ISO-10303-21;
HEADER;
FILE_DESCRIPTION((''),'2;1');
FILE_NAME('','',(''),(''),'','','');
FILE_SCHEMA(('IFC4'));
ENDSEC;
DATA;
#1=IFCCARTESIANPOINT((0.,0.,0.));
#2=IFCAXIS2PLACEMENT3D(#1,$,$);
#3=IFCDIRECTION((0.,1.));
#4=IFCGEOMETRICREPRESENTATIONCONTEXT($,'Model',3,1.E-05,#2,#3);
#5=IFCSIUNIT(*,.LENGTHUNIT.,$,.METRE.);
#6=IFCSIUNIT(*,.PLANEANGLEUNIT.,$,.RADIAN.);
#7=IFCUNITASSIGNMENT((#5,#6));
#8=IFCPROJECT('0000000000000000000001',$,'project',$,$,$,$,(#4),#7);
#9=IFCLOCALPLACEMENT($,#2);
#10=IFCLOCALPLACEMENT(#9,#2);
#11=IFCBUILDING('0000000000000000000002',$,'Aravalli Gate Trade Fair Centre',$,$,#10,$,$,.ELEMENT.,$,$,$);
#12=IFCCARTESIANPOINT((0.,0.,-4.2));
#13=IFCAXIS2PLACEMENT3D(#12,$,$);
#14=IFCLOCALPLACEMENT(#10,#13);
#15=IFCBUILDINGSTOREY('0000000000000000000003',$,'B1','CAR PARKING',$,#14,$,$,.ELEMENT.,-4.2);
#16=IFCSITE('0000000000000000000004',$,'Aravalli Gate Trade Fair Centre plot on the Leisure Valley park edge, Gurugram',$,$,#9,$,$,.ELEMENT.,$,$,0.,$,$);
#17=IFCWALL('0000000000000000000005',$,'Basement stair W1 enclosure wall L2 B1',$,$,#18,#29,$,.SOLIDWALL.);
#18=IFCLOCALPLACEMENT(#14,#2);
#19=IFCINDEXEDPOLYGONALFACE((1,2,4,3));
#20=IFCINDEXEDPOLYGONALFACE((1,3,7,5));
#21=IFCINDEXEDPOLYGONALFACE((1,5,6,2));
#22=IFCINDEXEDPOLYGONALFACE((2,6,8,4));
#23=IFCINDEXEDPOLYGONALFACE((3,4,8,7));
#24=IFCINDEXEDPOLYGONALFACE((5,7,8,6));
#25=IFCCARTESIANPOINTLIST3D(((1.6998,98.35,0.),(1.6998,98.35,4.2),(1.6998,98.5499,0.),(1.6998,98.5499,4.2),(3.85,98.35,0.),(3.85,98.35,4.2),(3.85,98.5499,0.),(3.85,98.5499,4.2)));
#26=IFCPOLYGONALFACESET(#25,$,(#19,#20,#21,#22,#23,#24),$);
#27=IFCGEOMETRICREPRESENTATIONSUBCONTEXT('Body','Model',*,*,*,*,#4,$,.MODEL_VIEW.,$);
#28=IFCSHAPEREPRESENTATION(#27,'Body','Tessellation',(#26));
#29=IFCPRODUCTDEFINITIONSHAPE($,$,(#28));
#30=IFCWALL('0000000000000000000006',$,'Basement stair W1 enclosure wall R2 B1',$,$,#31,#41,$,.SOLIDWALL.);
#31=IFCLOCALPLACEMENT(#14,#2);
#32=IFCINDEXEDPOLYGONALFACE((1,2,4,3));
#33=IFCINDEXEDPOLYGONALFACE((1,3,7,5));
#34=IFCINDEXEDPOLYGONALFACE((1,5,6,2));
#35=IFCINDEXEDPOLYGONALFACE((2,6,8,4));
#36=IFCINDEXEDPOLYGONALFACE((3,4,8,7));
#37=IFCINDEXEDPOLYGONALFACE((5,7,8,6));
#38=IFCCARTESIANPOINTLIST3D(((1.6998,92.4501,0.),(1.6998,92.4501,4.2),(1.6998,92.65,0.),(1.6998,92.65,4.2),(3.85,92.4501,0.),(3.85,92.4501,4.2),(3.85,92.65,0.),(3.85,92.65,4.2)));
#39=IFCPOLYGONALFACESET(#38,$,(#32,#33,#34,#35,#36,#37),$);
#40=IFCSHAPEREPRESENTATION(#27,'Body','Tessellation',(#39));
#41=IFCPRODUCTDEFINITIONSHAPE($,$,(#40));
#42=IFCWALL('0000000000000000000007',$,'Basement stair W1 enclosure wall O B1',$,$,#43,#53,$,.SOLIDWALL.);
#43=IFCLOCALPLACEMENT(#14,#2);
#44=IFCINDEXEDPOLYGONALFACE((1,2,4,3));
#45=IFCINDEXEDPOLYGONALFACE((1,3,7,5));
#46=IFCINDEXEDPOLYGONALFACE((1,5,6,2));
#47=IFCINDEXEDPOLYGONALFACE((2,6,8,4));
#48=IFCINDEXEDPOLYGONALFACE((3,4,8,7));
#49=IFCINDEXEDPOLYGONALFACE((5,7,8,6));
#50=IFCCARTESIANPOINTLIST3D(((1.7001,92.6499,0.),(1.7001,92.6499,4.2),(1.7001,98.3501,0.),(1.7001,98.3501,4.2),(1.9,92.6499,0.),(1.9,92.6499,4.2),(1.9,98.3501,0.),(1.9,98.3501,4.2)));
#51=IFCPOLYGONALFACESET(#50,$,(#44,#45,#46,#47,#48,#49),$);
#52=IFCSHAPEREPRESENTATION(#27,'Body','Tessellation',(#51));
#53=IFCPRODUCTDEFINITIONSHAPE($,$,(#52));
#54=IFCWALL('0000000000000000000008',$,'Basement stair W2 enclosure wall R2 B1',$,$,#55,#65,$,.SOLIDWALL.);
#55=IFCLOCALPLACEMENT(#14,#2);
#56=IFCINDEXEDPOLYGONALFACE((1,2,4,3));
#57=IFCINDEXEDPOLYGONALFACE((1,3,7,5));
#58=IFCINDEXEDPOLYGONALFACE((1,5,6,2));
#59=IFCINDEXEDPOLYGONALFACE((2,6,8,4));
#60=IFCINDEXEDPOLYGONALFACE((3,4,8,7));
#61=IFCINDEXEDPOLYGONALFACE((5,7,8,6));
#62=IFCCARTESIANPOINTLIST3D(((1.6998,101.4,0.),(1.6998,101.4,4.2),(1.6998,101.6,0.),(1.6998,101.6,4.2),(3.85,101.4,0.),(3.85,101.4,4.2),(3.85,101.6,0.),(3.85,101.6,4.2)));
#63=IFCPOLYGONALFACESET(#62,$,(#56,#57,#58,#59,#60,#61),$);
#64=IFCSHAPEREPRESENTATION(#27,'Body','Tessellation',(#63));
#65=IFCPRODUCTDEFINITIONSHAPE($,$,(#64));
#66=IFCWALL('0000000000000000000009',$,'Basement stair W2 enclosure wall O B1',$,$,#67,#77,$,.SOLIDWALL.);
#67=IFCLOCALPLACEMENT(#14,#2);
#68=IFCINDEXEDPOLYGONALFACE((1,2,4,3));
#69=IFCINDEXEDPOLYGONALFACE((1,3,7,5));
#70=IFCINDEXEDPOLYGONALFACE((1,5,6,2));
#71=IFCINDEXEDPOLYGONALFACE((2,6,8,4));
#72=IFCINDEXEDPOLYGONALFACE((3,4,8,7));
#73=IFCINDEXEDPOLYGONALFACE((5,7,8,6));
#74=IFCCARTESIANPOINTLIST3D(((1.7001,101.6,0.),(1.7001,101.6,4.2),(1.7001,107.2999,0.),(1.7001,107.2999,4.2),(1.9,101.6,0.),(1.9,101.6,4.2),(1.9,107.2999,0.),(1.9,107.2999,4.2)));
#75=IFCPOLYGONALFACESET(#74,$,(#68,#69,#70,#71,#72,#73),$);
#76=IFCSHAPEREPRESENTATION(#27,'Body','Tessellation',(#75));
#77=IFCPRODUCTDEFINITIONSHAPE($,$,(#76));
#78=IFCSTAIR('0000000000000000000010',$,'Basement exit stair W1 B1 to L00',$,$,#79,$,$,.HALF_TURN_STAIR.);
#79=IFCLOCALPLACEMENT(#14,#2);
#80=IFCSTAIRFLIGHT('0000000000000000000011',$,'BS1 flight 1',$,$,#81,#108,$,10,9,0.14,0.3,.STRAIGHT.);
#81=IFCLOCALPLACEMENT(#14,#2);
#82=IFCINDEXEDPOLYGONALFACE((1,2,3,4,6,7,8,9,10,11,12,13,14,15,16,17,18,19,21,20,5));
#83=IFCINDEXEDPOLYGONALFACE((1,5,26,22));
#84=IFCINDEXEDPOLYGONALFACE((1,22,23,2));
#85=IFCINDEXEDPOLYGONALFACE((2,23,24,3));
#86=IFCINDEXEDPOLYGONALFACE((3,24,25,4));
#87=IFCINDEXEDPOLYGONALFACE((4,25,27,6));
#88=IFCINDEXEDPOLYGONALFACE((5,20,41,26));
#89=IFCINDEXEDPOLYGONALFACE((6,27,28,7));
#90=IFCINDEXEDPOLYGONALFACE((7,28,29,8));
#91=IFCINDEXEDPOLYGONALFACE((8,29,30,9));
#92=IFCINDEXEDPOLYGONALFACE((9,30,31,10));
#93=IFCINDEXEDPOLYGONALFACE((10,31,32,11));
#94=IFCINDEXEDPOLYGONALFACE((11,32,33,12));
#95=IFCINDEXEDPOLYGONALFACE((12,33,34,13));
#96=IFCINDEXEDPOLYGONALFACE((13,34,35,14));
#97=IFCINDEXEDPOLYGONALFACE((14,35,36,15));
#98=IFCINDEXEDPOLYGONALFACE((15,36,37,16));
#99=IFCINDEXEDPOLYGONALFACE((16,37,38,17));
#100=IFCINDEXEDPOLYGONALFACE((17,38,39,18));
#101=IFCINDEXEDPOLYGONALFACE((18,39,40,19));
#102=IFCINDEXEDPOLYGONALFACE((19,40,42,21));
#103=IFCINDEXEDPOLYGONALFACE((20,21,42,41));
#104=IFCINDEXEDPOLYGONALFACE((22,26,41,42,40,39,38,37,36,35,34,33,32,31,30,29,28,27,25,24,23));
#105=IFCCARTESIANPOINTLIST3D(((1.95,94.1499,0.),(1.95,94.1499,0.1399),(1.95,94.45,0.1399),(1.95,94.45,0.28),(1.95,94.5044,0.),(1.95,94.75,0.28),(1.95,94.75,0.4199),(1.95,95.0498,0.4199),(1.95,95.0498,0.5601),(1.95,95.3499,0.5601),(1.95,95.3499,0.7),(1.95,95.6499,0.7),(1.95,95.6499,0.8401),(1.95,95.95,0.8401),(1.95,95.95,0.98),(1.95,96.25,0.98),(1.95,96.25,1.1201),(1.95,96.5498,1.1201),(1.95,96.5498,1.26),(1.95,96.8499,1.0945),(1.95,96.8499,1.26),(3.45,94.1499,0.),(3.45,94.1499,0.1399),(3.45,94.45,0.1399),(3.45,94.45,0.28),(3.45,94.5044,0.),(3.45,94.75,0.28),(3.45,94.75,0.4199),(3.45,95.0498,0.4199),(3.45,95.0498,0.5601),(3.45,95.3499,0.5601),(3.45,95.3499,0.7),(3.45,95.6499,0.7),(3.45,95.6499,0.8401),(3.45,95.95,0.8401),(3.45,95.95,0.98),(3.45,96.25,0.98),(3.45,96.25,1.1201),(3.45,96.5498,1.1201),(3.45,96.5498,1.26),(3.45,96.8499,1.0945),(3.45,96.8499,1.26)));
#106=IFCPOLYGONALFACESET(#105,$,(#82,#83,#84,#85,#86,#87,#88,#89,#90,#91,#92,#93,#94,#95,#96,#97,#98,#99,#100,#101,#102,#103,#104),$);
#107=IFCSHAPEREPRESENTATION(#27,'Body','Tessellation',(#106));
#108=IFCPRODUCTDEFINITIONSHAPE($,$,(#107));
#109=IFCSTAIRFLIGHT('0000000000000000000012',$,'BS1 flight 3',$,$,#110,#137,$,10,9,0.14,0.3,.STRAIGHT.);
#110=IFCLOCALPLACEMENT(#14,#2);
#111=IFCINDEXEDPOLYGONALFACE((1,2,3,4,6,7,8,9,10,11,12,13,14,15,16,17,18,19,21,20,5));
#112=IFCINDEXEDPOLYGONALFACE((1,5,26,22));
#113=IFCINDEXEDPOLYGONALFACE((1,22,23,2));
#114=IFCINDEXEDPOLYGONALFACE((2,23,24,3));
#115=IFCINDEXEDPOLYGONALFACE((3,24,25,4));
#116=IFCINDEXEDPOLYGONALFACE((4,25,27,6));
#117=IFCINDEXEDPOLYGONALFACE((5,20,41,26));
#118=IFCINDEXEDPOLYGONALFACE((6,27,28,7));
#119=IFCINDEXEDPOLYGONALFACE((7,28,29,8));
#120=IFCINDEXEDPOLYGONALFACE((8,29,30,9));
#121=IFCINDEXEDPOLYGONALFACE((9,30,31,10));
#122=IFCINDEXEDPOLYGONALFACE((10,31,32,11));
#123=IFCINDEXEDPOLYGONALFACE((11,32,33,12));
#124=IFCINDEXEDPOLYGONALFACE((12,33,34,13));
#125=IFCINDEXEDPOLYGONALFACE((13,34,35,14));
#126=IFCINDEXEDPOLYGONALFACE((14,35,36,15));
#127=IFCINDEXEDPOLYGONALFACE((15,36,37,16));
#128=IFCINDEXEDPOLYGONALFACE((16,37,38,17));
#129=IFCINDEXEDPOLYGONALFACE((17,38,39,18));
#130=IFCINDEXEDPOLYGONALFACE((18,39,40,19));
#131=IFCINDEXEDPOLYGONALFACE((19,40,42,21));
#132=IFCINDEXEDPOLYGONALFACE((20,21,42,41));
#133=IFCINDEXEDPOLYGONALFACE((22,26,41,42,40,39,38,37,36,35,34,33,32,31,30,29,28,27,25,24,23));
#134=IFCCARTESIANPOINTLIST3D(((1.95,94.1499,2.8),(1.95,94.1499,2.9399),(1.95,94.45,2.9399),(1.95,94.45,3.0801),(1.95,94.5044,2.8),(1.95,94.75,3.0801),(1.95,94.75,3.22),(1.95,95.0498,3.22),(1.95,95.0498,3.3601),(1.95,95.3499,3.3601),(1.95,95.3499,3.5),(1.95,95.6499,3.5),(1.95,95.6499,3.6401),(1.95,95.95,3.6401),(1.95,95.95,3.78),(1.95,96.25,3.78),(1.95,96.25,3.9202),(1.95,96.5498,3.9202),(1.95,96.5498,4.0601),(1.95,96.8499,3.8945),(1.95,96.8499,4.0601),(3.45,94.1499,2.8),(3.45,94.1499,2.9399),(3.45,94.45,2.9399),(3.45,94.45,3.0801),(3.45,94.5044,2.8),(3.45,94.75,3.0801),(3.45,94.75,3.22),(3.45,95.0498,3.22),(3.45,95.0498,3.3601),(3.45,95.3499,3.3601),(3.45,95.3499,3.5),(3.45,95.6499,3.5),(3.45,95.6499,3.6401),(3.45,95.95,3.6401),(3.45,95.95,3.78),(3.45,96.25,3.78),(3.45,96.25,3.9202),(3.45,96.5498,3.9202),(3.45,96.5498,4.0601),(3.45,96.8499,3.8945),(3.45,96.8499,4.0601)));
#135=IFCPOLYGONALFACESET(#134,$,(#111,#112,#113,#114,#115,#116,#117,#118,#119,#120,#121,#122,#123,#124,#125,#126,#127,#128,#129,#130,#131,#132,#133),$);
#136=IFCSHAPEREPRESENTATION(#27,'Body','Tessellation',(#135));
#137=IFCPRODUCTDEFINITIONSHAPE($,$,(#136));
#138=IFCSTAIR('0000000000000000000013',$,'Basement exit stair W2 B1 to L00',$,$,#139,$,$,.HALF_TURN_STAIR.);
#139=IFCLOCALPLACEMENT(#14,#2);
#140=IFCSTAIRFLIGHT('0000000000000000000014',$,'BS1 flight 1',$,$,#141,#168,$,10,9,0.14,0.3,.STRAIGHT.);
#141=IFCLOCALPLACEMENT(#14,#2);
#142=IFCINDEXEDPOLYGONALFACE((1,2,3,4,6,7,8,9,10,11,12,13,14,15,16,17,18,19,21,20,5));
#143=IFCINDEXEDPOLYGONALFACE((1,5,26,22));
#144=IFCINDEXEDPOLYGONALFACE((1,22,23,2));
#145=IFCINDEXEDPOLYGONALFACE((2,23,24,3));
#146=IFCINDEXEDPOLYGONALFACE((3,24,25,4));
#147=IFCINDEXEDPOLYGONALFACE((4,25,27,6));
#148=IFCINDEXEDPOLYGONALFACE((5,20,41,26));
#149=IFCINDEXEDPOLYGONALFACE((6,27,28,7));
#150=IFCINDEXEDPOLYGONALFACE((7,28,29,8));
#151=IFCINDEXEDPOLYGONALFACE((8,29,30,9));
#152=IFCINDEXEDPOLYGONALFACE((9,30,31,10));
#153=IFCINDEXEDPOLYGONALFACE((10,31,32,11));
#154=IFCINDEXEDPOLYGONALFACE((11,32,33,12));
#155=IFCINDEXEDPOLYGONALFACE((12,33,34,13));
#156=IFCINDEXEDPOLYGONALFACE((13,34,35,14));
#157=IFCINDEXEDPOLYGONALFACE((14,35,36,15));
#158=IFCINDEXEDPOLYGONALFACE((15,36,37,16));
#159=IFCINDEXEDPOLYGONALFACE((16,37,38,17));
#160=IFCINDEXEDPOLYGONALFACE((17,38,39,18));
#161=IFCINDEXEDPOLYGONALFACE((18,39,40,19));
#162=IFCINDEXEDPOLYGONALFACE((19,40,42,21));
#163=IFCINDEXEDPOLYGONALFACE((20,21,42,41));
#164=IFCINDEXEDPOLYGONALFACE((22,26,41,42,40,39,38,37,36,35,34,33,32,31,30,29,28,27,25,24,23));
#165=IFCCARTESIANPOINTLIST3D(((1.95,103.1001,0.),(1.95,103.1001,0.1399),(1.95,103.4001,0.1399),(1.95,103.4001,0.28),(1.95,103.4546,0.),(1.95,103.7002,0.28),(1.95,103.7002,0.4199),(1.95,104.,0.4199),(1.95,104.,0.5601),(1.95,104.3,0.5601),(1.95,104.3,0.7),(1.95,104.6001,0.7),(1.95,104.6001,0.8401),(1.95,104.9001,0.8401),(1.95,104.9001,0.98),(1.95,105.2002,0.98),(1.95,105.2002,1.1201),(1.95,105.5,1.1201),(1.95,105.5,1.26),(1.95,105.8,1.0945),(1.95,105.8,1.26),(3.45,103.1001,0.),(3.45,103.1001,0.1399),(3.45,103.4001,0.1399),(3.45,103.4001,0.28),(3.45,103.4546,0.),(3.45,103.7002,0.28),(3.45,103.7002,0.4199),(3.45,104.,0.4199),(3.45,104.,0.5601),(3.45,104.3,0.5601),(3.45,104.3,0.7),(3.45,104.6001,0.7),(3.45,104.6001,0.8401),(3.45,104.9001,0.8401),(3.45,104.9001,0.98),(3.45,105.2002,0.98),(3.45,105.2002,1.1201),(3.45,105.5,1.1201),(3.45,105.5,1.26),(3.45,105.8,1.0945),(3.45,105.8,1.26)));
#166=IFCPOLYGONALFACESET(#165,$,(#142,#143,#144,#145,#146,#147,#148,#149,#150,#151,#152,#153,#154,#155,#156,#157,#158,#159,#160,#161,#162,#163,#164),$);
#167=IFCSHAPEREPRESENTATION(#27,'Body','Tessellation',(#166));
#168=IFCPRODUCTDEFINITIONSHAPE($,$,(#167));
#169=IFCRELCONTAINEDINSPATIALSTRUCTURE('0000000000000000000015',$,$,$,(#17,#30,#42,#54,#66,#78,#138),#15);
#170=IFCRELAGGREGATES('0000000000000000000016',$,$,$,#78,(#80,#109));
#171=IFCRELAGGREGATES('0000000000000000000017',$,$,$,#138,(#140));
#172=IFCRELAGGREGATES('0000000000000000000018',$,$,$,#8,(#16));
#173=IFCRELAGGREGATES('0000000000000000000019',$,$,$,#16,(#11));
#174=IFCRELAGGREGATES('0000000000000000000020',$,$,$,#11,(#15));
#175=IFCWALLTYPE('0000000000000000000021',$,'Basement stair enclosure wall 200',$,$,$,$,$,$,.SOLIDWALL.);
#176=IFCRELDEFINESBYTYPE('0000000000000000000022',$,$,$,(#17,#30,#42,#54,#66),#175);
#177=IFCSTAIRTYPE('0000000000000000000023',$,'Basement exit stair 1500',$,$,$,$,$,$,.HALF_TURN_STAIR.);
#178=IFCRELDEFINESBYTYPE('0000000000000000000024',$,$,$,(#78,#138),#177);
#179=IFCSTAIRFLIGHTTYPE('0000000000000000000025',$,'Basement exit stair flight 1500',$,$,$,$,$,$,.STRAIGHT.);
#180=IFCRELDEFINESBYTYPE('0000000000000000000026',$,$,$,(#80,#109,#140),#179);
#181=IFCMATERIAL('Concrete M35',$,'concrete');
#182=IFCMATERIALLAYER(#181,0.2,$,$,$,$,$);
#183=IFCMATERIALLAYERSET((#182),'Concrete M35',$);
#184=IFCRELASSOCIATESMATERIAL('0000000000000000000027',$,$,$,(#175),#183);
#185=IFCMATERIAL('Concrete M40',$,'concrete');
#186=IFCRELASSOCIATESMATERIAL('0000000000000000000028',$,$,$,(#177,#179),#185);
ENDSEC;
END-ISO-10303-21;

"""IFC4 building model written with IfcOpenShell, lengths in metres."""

from ifc_helpers import new_model, si_unit, direction, frame, frame_2d, origin, place, context, subcontext, project, spatial, polyline, rectangle, outline, extrude, material, layer, layer_set, type_object, element, aggregate, save


model = new_model("IFC4")

# Units and contexts
model_context = context("Model", 3, precision=1e-05, world=origin(), true_north=direction((0.0, 1.0)))
body_context = subcontext(model_context, "Body", "Model", "MODEL_VIEW")
ifc_project = project(units=[si_unit("LENGTHUNIT", "METRE"), si_unit("PLANEANGLEUNIT", "RADIAN")], contexts=[model_context])

# Site, building, storey
site_placement = place(None, origin())
site = spatial("IfcSite", under=ifc_project, at=site_placement, Name="Aravalli Gate Trade Fair Centre plot on the Leisure Valley park edge, Gurugram", CompositionType="ELEMENT", RefElevation=0.0)
building_placement = place(site_placement, origin())
building = spatial("IfcBuilding", under=site, at=building_placement, Name="Aravalli Gate Trade Fair Centre", CompositionType="ELEMENT")
storey_placement = place(building_placement, frame((0.0, 0.0, -4.2)))
storey = spatial("IfcBuildingStorey", under=building, at=storey_placement, Name="B1", Description="CAR PARKING", CompositionType="ELEMENT", Elevation=-4.2)

# Walls
ifc_material_1 = material(Name="Concrete M35", Category="concrete")
ifc_layer = layer(ifc_material_1, 0.2)
ifc_layer_set = layer_set([ifc_layer], Name="Concrete M35")
wall_type = type_object("IfcWallType", Name="Basement stair enclosure wall 200", PredefinedType="SOLIDWALL", material=ifc_layer_set)
for number, where, z_axis, x_axis, name in (
    (1, (3.8501, 98.45, 0.0), (0.0, 0.0, 1.0), (-1.0, 0.0, 0.0), "Basement stair W1 enclosure wall L2 B1"),
    (2, (3.8501, 92.55, 0.0), (0.0, 0.0, 1.0), (-1.0, 0.0, 0.0), "Basement stair W1 enclosure wall R2 B1"),
):
    element("IfcWall", number, at=place(storey_placement, frame(where, z_axis=z_axis, x_axis=x_axis)), inside=storey, type_object=wall_type, Name=name, PredefinedType="SOLIDWALL", context=body_context, shape_type="SweptSolid", body=[
        extrude(rectangle(XDim=2.1501, YDim=0.2, at=frame_2d((1.0752, 0.0))), origin(), (0.0, 0.0, 1.0), 4.2),
    ])
wall_1_placement = place(storey_placement, frame((1.8, 98.3501, 0.0), z_axis=(0.0, 0.0, 1.0), x_axis=(0.0, -1.0, 0.0)))
element("IfcWall", 3, at=wall_1_placement, inside=storey, type_object=wall_type, Name="Basement stair W1 enclosure wall O B1", PredefinedType="SOLIDWALL", context=body_context, shape_type="SweptSolid", body=[
    extrude(rectangle(XDim=5.7002, YDim=0.2, at=frame_2d((2.8501, 0.0))), origin(), (0.0, 0.0, 1.0), 4.2),
])
wall_2_placement = place(storey_placement, frame((3.8501, 101.5, 0.0), z_axis=(0.0, 0.0, 1.0), x_axis=(-1.0, 0.0, 0.0)))
element("IfcWall", 4, at=wall_2_placement, inside=storey, type_object=wall_type, Name="Basement stair W2 enclosure wall R2 B1", PredefinedType="SOLIDWALL", context=body_context, shape_type="SweptSolid", body=[
    extrude(rectangle(XDim=2.1501, YDim=0.2, at=frame_2d((1.0752, 0.0))), origin(), (0.0, 0.0, 1.0), 4.2),
])
wall_3_placement = place(storey_placement, frame((1.8, 107.3, 0.0), z_axis=(0.0, 0.0, 1.0), x_axis=(0.0, -1.0, 0.0)))
element("IfcWall", 5, at=wall_3_placement, inside=storey, type_object=wall_type, Name="Basement stair W2 enclosure wall O B1", PredefinedType="SOLIDWALL", context=body_context, shape_type="SweptSolid", body=[
    extrude(rectangle(XDim=5.7, YDim=0.2, at=frame_2d((2.8501, 0.0))), origin(), (0.0, 0.0, 1.0), 4.2),
])

# Stairs, stair flights
ifc_material_2 = material(Name="Concrete M40", Category="concrete")
stair_type = type_object("IfcStairType", Name="Basement exit stair 1500", PredefinedType="HALF_TURN_STAIR", material=ifc_material_2)
stair_1_placement = place(storey_placement, origin())
stair_1 = element("IfcStair", 6, at=stair_1_placement, inside=storey, type_object=stair_type, Name="Basement exit stair W1 B1 to L00", PredefinedType="HALF_TURN_STAIR")
stair_flight_type = type_object("IfcStairFlightType", Name="Basement exit stair flight 1500", PredefinedType="STRAIGHT", material=ifc_material_2)
stair_flight_1_placement = place(storey_placement, frame((2.7, 94.1499, 0.0), z_axis=(0.0, 0.0, 1.0), x_axis=(0.0, 1.0, 0.0)))
stair_flight_1 = element("IfcStairFlight", 7, at=stair_flight_1_placement, type_object=stair_flight_type, Name="BS1 flight 1", NumberOfRisers=10, NumberOfTreads=9, PredefinedType="STRAIGHT", RiserHeight=0.14, TreadLength=0.3, context=body_context, shape_type="SweptSolid", body=[
    extrude(outline(polyline([(0.0, 0.0), (0.0, 0.1399), (0.3, 0.1399), (0.3, 0.28), (0.6001, 0.28), (0.6001, 0.4199), (0.8999, 0.4199), (0.8999, 0.5601), (1.2, 0.5601), (1.2, 0.7), (1.5, 0.7), (1.5, 0.8401), (1.8, 0.8401), (1.8, 0.98), (2.1001, 0.98), (2.1001, 1.1201), (2.3999, 1.1201), (2.3999, 1.26), (2.7, 1.26), (2.7, 1.3999), (2.7, 1.0945), (0.3545, 0.0), (0.0, 0.0)])), frame((0.0, 0.75, 0.0), z_axis=(0.0, -1.0, 0.0), x_axis=(1.0, 0.0, 0.0)), (0.0, 0.0, 1.0), 1.5),
])
stair_flight_2_placement = place(storey_placement, frame((2.7, 94.1499, 2.8), z_axis=(0.0, 0.0, 1.0), x_axis=(0.0, 1.0, 0.0)))
stair_flight_2 = element("IfcStairFlight", 8, at=stair_flight_2_placement, type_object=stair_flight_type, Name="BS1 flight 3", NumberOfRisers=10, NumberOfTreads=9, PredefinedType="STRAIGHT", RiserHeight=0.14, TreadLength=0.3, context=body_context, shape_type="SweptSolid", body=[
    extrude(outline(polyline([(0.0, 0.0), (0.0, 0.1399), (0.3, 0.1399), (0.3, 0.28), (0.6001, 0.28), (0.6001, 0.4199), (0.8999, 0.4199), (0.8999, 0.5601), (1.2, 0.5601), (1.2, 0.7), (1.5, 0.7), (1.5, 0.8401), (1.8, 0.8401), (1.8, 0.98), (2.1001, 0.98), (2.1001, 1.1201), (2.3999, 1.1201), (2.3999, 1.26), (2.7, 1.26), (2.7, 1.3999), (2.7, 1.0945), (0.3545, 0.0), (0.0, 0.0)])), frame((0.0, 0.75, 0.0), z_axis=(0.0, -1.0, 0.0), x_axis=(1.0, 0.0, 0.0)), (0.0, 0.0, 1.0), 1.5),
])
aggregate(stair_1, [stair_flight_1, stair_flight_2])
stair_2_placement = place(storey_placement, origin())
stair_2 = element("IfcStair", 9, at=stair_2_placement, inside=storey, type_object=stair_type, Name="Basement exit stair W2 B1 to L00", PredefinedType="HALF_TURN_STAIR")
stair_flight_3_placement = place(storey_placement, frame((2.7, 103.1001, 0.0), z_axis=(0.0, 0.0, 1.0), x_axis=(0.0, 1.0, 0.0)))
stair_flight_3 = element("IfcStairFlight", 10, at=stair_flight_3_placement, type_object=stair_flight_type, Name="BS1 flight 1", NumberOfRisers=10, NumberOfTreads=9, PredefinedType="STRAIGHT", RiserHeight=0.14, TreadLength=0.3, context=body_context, shape_type="SweptSolid", body=[
    extrude(outline(polyline([(0.0, 0.0), (0.0, 0.1399), (0.3, 0.1399), (0.3, 0.28), (0.6001, 0.28), (0.6001, 0.4199), (0.8999, 0.4199), (0.8999, 0.5601), (1.2, 0.5601), (1.2, 0.7), (1.5, 0.7), (1.5, 0.8401), (1.8, 0.8401), (1.8, 0.98), (2.1001, 0.98), (2.1001, 1.1201), (2.3999, 1.1201), (2.3999, 1.26), (2.7, 1.26), (2.7, 1.3999), (2.7, 1.0945), (0.3545, 0.0), (0.0, 0.0)])), frame((0.0, 0.75, 0.0), z_axis=(0.0, -1.0, 0.0), x_axis=(1.0, 0.0, 0.0)), (0.0, 0.0, 1.0), 1.5),
])
aggregate(stair_2, [stair_flight_3])

save(model, "model.ifc")
